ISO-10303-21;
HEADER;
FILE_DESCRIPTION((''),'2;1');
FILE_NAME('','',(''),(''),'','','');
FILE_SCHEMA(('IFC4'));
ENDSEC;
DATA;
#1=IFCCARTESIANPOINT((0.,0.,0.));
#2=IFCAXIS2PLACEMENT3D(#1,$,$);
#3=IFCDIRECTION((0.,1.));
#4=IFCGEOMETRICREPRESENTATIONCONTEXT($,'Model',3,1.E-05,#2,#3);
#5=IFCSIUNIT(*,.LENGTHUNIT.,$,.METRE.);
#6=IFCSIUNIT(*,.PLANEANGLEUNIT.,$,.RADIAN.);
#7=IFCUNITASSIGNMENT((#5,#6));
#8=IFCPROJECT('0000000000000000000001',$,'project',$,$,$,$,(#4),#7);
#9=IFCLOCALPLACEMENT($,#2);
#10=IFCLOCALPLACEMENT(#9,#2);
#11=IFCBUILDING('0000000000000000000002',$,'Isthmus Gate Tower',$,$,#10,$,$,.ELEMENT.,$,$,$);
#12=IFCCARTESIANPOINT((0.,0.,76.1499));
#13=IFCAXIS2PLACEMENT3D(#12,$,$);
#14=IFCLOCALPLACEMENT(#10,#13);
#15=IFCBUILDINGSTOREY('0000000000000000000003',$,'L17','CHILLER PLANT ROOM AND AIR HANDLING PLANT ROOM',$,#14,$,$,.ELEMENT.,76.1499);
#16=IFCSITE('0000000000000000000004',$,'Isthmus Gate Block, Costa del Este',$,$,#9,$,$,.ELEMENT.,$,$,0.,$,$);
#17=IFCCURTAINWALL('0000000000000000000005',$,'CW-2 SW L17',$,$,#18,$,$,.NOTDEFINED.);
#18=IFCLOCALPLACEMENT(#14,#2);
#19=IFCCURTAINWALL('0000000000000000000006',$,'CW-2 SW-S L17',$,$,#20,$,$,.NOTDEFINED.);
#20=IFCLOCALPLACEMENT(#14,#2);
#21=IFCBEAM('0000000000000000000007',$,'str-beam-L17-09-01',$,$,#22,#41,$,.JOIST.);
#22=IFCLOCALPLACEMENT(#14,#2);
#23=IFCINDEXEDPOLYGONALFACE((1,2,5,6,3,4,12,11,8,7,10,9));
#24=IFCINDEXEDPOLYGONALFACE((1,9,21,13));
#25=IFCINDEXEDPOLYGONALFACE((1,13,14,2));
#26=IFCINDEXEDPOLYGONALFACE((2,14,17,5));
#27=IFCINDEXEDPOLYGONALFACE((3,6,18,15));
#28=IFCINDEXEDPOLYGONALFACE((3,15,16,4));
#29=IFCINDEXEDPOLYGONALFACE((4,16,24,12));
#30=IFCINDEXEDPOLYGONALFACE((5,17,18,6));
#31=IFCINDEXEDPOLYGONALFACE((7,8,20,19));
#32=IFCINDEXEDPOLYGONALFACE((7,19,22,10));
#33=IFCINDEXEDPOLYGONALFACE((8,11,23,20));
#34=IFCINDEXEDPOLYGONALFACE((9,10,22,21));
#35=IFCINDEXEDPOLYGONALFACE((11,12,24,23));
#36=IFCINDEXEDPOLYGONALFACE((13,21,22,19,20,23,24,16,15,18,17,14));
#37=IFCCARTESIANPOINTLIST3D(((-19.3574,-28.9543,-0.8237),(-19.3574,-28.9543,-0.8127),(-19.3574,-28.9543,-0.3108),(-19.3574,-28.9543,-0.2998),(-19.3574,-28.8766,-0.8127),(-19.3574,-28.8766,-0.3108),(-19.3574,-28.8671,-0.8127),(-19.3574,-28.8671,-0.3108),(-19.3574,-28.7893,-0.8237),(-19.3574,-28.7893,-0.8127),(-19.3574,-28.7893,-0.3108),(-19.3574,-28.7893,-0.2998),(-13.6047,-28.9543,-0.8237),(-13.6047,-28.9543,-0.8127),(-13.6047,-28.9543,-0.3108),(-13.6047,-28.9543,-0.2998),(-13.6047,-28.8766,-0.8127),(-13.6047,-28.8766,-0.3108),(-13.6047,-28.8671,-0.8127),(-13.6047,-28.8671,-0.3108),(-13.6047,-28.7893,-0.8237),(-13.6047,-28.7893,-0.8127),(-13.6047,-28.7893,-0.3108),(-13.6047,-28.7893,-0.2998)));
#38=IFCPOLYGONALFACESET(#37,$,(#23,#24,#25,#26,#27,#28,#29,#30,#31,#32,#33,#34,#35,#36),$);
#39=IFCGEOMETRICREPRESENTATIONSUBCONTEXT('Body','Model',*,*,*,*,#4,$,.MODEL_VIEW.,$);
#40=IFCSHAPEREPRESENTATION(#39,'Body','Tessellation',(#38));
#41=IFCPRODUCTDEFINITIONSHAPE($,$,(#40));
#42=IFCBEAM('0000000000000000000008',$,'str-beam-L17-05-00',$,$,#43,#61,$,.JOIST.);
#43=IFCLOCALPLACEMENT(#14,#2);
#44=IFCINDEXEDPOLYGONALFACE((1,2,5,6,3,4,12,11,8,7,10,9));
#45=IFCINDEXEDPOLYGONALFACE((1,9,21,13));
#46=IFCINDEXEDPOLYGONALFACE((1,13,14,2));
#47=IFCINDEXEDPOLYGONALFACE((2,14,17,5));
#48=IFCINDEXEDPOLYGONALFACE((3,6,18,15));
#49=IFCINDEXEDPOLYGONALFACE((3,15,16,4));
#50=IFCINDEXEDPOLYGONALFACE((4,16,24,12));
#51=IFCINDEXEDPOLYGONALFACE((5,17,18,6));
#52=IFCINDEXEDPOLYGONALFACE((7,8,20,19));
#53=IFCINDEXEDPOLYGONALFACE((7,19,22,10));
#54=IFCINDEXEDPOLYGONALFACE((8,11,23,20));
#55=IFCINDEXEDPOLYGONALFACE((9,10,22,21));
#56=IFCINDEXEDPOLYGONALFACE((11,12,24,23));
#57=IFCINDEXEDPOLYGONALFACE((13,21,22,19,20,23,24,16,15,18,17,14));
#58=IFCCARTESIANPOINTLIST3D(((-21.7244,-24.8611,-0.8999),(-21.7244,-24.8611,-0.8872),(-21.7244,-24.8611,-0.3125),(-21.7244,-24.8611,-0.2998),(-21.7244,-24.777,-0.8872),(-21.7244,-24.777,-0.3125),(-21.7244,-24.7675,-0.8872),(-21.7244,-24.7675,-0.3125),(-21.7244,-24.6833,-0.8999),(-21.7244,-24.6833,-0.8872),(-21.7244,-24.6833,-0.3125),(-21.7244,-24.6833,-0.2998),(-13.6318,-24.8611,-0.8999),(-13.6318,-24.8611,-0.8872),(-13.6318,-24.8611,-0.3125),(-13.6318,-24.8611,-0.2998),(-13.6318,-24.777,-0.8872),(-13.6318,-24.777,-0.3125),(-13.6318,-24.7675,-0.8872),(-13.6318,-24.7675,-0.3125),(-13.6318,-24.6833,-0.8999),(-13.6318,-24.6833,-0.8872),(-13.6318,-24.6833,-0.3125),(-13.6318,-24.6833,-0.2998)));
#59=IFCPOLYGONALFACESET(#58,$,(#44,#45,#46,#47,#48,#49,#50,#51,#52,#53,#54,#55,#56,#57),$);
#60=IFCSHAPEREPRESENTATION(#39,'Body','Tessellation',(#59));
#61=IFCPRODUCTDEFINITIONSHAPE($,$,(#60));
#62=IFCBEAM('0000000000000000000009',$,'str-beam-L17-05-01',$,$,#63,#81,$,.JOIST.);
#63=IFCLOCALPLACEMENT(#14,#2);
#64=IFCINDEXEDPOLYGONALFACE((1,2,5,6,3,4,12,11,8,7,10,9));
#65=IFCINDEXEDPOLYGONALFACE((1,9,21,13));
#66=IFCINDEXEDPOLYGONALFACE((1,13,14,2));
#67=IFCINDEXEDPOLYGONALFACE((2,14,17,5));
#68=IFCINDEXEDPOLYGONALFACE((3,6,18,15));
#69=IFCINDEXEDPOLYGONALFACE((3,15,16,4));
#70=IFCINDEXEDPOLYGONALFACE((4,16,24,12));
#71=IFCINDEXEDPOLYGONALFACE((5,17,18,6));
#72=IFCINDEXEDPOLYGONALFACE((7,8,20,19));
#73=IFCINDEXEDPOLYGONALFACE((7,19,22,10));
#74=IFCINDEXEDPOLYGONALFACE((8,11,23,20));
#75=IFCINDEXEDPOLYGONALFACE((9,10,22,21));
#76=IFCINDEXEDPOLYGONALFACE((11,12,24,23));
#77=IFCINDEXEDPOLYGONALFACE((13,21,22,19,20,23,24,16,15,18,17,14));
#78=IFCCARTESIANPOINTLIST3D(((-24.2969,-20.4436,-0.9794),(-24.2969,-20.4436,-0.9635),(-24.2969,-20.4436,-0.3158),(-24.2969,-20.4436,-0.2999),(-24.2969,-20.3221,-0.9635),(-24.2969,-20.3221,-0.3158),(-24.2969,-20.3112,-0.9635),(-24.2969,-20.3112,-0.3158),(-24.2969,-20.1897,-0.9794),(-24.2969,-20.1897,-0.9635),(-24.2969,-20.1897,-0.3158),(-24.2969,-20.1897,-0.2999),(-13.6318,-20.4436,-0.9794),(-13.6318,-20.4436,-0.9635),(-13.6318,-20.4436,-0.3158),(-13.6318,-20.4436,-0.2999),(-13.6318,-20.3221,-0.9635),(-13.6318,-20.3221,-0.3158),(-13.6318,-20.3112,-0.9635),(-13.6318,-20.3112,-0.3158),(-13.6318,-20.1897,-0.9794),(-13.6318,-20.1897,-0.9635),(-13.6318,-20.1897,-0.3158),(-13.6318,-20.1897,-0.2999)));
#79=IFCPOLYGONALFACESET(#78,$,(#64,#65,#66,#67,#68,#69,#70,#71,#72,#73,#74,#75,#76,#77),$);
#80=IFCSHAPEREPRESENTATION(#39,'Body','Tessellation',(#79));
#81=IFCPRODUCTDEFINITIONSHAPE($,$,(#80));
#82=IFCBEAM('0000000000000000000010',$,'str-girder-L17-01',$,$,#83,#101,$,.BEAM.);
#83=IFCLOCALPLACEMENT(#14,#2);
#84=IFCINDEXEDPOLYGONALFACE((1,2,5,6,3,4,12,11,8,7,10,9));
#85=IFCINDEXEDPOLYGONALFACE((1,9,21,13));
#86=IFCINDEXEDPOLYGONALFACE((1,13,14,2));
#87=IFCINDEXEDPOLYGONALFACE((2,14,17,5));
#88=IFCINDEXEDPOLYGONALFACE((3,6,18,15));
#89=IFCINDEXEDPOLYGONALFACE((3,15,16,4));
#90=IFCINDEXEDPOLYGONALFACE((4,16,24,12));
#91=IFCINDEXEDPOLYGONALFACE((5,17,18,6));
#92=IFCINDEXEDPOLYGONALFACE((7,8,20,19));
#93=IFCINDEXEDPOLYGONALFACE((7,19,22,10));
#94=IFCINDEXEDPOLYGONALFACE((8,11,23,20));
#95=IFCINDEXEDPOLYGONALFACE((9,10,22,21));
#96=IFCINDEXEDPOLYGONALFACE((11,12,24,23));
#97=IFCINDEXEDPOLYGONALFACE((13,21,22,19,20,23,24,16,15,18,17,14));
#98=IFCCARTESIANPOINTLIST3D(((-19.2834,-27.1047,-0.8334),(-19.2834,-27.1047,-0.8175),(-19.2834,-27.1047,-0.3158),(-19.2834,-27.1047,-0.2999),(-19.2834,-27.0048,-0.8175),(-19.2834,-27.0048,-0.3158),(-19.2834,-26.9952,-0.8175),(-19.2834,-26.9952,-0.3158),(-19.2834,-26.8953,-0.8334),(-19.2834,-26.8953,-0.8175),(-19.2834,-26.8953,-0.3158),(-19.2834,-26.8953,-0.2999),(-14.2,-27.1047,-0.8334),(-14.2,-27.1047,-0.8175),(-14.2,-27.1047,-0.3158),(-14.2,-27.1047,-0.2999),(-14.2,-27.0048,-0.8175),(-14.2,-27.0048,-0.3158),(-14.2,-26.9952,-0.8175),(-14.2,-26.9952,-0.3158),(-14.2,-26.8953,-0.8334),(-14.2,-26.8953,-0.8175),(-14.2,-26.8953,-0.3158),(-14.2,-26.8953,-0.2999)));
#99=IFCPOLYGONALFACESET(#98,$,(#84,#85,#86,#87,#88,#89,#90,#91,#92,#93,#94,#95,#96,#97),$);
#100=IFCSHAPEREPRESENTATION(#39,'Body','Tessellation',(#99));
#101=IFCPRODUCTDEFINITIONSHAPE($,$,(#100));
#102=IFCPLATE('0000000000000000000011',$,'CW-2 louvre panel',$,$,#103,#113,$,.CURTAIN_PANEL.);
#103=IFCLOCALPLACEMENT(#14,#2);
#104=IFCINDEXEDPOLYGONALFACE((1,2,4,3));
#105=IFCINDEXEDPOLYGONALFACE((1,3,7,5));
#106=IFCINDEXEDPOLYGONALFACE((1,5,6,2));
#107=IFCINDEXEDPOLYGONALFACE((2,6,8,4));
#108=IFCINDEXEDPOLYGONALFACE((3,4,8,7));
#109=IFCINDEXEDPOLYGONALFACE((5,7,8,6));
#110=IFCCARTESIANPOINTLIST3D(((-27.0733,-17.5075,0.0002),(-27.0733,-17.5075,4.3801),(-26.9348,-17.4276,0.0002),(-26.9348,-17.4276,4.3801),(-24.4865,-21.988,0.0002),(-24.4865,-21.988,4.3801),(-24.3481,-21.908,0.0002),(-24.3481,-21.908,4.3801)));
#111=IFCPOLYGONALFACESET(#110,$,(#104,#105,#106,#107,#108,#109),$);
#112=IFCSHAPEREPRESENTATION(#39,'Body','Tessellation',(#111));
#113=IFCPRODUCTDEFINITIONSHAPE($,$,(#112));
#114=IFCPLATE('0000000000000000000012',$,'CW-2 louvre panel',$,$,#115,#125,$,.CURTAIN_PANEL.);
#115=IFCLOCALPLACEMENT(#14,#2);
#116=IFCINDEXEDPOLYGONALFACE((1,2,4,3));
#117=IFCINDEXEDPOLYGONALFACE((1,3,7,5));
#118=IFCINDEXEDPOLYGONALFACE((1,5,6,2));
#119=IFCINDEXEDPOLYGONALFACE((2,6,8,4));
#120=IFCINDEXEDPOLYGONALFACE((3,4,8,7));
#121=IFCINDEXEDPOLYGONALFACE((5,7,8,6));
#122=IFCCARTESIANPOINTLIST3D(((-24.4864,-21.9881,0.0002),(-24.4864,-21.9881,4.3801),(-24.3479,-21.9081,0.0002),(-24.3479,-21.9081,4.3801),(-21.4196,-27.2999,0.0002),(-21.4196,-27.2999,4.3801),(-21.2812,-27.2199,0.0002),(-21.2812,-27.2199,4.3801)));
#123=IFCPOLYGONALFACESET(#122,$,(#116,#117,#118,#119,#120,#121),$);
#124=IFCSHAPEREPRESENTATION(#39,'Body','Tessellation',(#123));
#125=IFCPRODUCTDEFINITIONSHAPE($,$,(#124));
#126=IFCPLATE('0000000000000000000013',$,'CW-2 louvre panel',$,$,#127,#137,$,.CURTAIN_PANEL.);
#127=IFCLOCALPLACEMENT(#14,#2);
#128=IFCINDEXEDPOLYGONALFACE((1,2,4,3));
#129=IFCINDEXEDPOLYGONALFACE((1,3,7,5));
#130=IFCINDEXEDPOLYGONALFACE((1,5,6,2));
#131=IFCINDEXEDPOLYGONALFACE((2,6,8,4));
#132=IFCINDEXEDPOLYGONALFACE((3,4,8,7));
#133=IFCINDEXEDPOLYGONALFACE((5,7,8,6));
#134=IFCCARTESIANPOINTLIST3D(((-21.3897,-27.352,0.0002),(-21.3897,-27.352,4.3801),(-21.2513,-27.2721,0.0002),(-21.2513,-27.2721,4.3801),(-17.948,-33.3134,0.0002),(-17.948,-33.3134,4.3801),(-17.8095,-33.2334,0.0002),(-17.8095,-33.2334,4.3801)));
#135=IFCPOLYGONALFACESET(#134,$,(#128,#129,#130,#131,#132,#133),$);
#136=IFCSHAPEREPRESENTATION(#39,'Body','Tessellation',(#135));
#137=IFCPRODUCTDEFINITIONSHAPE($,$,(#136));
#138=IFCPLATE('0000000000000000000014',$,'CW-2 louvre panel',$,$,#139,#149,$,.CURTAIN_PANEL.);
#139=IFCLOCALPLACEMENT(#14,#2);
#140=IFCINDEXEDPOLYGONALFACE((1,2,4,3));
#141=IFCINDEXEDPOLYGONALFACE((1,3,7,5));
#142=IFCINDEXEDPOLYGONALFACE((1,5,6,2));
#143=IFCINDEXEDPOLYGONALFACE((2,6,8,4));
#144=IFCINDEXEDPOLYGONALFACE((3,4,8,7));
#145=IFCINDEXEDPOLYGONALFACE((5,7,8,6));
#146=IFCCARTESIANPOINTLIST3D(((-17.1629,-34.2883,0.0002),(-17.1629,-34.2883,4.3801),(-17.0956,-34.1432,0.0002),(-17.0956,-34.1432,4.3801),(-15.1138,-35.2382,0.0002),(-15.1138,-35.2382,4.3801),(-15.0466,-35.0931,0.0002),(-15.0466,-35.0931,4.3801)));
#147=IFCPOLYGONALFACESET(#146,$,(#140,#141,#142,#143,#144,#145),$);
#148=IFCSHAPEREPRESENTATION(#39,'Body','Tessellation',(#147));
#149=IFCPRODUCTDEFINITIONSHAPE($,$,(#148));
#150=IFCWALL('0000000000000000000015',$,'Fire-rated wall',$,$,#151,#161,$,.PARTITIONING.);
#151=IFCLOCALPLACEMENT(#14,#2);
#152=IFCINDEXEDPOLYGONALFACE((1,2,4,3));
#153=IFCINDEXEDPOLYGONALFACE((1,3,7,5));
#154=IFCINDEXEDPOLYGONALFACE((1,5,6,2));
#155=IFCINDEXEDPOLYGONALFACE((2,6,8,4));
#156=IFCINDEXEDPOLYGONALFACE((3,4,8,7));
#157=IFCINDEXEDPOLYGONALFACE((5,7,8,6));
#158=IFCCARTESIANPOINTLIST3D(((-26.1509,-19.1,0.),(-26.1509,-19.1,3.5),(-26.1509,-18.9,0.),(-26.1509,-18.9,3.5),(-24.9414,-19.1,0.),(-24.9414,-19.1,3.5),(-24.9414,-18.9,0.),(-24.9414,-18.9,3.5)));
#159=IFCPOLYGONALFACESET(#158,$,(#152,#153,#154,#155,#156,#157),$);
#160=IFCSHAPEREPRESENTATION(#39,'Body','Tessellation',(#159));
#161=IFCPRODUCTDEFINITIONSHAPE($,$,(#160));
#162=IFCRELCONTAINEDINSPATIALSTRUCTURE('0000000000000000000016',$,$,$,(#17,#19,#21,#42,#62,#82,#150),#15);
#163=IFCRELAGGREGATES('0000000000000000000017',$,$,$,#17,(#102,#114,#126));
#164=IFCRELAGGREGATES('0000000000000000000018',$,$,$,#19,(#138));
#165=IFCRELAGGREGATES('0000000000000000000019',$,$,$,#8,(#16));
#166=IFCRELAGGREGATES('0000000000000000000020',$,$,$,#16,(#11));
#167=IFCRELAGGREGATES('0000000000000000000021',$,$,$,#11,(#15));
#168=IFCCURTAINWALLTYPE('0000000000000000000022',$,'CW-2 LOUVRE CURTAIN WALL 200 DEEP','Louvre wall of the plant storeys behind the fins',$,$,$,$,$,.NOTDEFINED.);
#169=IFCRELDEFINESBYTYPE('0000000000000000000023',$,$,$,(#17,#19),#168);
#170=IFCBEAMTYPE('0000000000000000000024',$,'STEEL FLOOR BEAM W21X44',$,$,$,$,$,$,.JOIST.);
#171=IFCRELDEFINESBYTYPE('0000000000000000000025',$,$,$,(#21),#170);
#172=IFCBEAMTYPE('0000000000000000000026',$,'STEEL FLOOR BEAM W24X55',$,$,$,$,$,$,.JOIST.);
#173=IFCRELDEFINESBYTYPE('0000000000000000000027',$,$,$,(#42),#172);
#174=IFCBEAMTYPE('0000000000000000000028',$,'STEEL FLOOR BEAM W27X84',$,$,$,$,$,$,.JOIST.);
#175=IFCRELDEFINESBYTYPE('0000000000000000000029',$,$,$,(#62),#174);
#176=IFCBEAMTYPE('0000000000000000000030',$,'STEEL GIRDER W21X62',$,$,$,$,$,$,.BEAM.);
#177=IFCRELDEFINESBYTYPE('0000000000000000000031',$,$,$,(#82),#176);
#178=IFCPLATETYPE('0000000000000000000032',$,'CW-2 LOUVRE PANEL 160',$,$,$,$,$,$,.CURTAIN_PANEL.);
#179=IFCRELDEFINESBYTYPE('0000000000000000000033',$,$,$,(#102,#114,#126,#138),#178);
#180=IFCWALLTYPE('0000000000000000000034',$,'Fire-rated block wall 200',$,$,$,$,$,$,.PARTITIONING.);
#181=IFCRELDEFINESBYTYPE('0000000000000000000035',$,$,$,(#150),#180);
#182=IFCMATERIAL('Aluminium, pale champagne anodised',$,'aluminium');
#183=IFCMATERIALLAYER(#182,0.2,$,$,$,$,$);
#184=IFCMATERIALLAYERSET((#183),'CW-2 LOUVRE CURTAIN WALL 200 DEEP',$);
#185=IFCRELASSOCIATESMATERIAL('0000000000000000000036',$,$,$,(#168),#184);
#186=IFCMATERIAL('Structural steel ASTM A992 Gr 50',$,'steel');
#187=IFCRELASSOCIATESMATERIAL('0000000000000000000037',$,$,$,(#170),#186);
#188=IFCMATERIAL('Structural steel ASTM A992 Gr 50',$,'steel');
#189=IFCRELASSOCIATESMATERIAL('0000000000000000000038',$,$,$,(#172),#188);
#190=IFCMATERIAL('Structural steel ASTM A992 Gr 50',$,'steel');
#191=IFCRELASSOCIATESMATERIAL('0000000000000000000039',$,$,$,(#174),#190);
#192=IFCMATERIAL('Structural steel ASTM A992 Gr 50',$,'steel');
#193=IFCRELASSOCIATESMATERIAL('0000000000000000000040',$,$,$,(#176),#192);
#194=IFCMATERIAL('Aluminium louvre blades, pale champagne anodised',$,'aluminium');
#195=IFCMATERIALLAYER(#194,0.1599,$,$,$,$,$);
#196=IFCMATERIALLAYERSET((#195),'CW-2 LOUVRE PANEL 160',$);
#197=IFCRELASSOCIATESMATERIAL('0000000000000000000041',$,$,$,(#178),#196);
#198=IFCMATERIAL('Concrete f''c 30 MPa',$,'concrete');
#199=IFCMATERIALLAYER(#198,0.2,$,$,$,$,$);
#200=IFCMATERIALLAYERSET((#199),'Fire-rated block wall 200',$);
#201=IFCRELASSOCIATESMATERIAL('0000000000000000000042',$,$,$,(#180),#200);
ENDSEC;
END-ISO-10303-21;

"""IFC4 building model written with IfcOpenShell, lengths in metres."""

from ifc_helpers import new_model, si_unit, direction, frame, frame_2d, origin, origin_2d, place, context, subcontext, project, spatial, rectangle, i_section, extrude, material, layer, layer_set, material_profile, profile_set, type_object, element, aggregate, save


model = new_model("IFC4")

# Units and contexts
model_context = context("Model", 3, precision=1e-05, world=origin(), true_north=direction((0.0, 1.0)))
body_context = subcontext(model_context, "Body", "Model", "MODEL_VIEW")
ifc_project = project(units=[si_unit("LENGTHUNIT", "METRE"), si_unit("PLANEANGLEUNIT", "RADIAN")], contexts=[model_context])

# Site, building, storey
site_placement = place(None, origin())
site = spatial("IfcSite", under=ifc_project, at=site_placement, Name="Isthmus Gate Block, Costa del Este", CompositionType="ELEMENT", RefElevation=0.0)
building_placement = place(site_placement, origin())
building = spatial("IfcBuilding", under=site, at=building_placement, Name="Isthmus Gate Tower", CompositionType="ELEMENT")
storey_placement = place(building_placement, frame((0.0, 0.0, 76.1499)))
storey = spatial("IfcBuildingStorey", under=building, at=storey_placement, Name="L17", Description="CHILLER PLANT ROOM AND AIR HANDLING PLANT ROOM", CompositionType="ELEMENT", Elevation=76.1499)

# Curtain walls
ifc_material_1 = material(Name="Aluminium, pale champagne anodised", Category="aluminium")
ifc_layer_1 = layer(ifc_material_1, 0.2)
ifc_layer_set_1 = layer_set([ifc_layer_1], Name="CW-2 LOUVRE CURTAIN WALL 200 DEEP")
curtain_wall_type = type_object("IfcCurtainWallType", Name="CW-2 LOUVRE CURTAIN WALL 200 DEEP", Description="Louvre wall of the plant storeys behind the fins", PredefinedType="NOTDEFINED", material=ifc_layer_set_1)
curtain_wall_1_placement = place(storey_placement, origin())
curtain_wall_1 = element("IfcCurtainWall", 1, at=curtain_wall_1_placement, inside=storey, type_object=curtain_wall_type, Name="CW-2 SW L17", PredefinedType="NOTDEFINED")
curtain_wall_2_placement = place(storey_placement, origin())
curtain_wall_2 = element("IfcCurtainWall", 2, at=curtain_wall_2_placement, inside=storey, type_object=curtain_wall_type, Name="CW-2 SW-S L17", PredefinedType="NOTDEFINED")

# Beams
ifc_material_2 = material(Name="Structural steel ASTM A992 Gr 50", Category="steel")
ifc_material_profile_1 = material_profile(ifc_material_2, i_section(OverallWidth=0.165, OverallDepth=0.5239, WebThickness=0.0095, FlangeThickness=0.011, at=origin_2d()), Name="W21X44")
ifc_profile_set_1 = profile_set([ifc_material_profile_1], Name="Structural steel ASTM A992 Gr 50")
beam_type_1 = type_object("IfcBeamType", Name="STEEL FLOOR BEAM W21X44", PredefinedType="JOIST", material=ifc_profile_set_1)
beam_1_placement = place(storey_placement, frame((-19.3574, -28.8718, -0.5618), z_axis=(1.0, 0.0, 0.0), x_axis=(0.0, 1.0, 0.0)))
element("IfcBeam", 3, at=beam_1_placement, inside=storey, type_object=beam_type_1, Name="str-beam-L17-09-01", PredefinedType="JOIST", context=body_context, shape_type="SweptSolid", body=[
    extrude(i_section(OverallWidth=0.165, OverallDepth=0.5239, WebThickness=0.0095, FlangeThickness=0.011, at=origin_2d()), origin(), (0.0, 0.0, 1.0), 5.7527),
])
ifc_material_3 = material(Name="Structural steel ASTM A992 Gr 50", Category="steel")
ifc_material_profile_2 = material_profile(ifc_material_3, i_section(OverallWidth=0.1777, OverallDepth=0.6001, WebThickness=0.0095, FlangeThickness=0.0127, at=origin_2d()), Name="W24X55")
ifc_profile_set_2 = profile_set([ifc_material_profile_2], Name="Structural steel ASTM A992 Gr 50")
beam_type_2 = type_object("IfcBeamType", Name="STEEL FLOOR BEAM W24X55", PredefinedType="JOIST", material=ifc_profile_set_2)
beam_2_placement = place(storey_placement, frame((-21.7244, -24.7722, -0.5999), z_axis=(1.0, 0.0, 0.0), x_axis=(0.0, 1.0, 0.0)))
element("IfcBeam", 4, at=beam_2_placement, inside=storey, type_object=beam_type_2, Name="str-beam-L17-05-00", PredefinedType="JOIST", context=body_context, shape_type="SweptSolid", body=[
    extrude(i_section(OverallWidth=0.1777, OverallDepth=0.6001, WebThickness=0.0095, FlangeThickness=0.0127, at=origin_2d()), origin(), (0.0, 0.0, 1.0), 8.0925),
])
ifc_material_4 = material(Name="Structural steel ASTM A992 Gr 50", Category="steel")
ifc_material_profile_3 = material_profile(ifc_material_4, i_section(OverallWidth=0.2539, OverallDepth=0.6794, WebThickness=0.011, FlangeThickness=0.0159, at=origin_2d()), Name="W27X84")
ifc_profile_set_3 = profile_set([ifc_material_profile_3], Name="Structural steel ASTM A992 Gr 50")
beam_type_3 = type_object("IfcBeamType", Name="STEEL FLOOR BEAM W27X84", PredefinedType="JOIST", material=ifc_profile_set_3)
beam_3_placement = place(storey_placement, frame((-24.2969, -20.3167, -0.6396), z_axis=(1.0, 0.0, 0.0), x_axis=(0.0, 1.0, 0.0)))
element("IfcBeam", 5, at=beam_3_placement, inside=storey, type_object=beam_type_3, Name="str-beam-L17-05-01", PredefinedType="JOIST", context=body_context, shape_type="SweptSolid", body=[
    extrude(i_section(OverallWidth=0.2539, OverallDepth=0.6794, WebThickness=0.011, FlangeThickness=0.0159, at=origin_2d()), origin(), (0.0, 0.0, 1.0), 10.665),
])
ifc_material_5 = material(Name="Structural steel ASTM A992 Gr 50", Category="steel")
ifc_material_profile_4 = material_profile(ifc_material_5, i_section(OverallWidth=0.2095, OverallDepth=0.5334, WebThickness=0.0095, FlangeThickness=0.0159, at=origin_2d()), Name="W21X62")
ifc_profile_set_4 = profile_set([ifc_material_profile_4], Name="Structural steel ASTM A992 Gr 50")
beam_type_4 = type_object("IfcBeamType", Name="STEEL GIRDER W21X62", PredefinedType="BEAM", material=ifc_profile_set_4)
beam_4_placement = place(storey_placement, frame((-19.2834, -27.0, -0.5667), z_axis=(1.0, 0.0, 0.0), x_axis=(0.0, 1.0, 0.0)))
element("IfcBeam", 6, at=beam_4_placement, inside=storey, type_object=beam_type_4, Name="str-girder-L17-01", PredefinedType="BEAM", context=body_context, shape_type="SweptSolid", body=[
    extrude(i_section(OverallWidth=0.2095, OverallDepth=0.5334, WebThickness=0.0095, FlangeThickness=0.0159, at=origin_2d()), origin(), (0.0, 0.0, 1.0), 5.0835),
])

# Plates
ifc_material_6 = material(Name="Aluminium louvre blades, pale champagne anodised", Category="aluminium")
ifc_layer_2 = layer(ifc_material_6, 0.1599)
ifc_layer_set_2 = layer_set([ifc_layer_2], Name="CW-2 LOUVRE PANEL 160")
plate_type = type_object("IfcPlateType", Name="CW-2 LOUVRE PANEL 160", PredefinedType="CURTAIN_PANEL", material=ifc_layer_set_2)
plate_1_placement = place(storey_placement, frame((-25.7107, -19.7078, 0.0002), z_axis=(0.0, 0.0, 1.0), x_axis=(0.5, -0.866025, 0.0)))
plate_1 = element("IfcPlate", 7, at=plate_1_placement, type_object=plate_type, Name="CW-2 louvre panel", PredefinedType="CURTAIN_PANEL", context=body_context, shape_type="SweptSolid", body=[
    extrude(rectangle(XDim=5.1736, YDim=0.1599, at=origin_2d()), origin(), (0.0, 0.0, 1.0), 4.3799),
])
plate_2_placement = place(storey_placement, frame((-22.8838, -24.604, 0.0002), z_axis=(0.0, 0.0, 1.0), x_axis=(0.5, -0.866025, 0.0)))
plate_2 = element("IfcPlate", 8, at=plate_2_placement, type_object=plate_type, Name="CW-2 louvre panel", PredefinedType="CURTAIN_PANEL", context=body_context, shape_type="SweptSolid", body=[
    extrude(rectangle(XDim=6.1335, YDim=0.1599, at=origin_2d()), origin(), (0.0, 0.0, 1.0), 4.3799),
])
plate_3_placement = place(storey_placement, frame((-19.5996, -30.2927, 0.0002), z_axis=(0.0, 0.0, 1.0), x_axis=(0.5, -0.866025, 0.0)))
plate_3 = element("IfcPlate", 9, at=plate_3_placement, type_object=plate_type, Name="CW-2 louvre panel", PredefinedType="CURTAIN_PANEL", context=body_context, shape_type="SweptSolid", body=[
    extrude(rectangle(XDim=6.8835, YDim=0.1599, at=origin_2d()), origin(), (0.0, 0.0, 1.0), 4.3799),
])
aggregate(curtain_wall_1, [plate_1, plate_2, plate_3])
plate_4_placement = place(storey_placement, frame((-16.1047, -34.6907, 0.0002), z_axis=(0.0, 0.0, 1.0), x_axis=(0.907256, -0.420578, 0.0)))
plate_4 = element("IfcPlate", 10, at=plate_4_placement, type_object=plate_type, Name="CW-2 louvre panel", PredefinedType="CURTAIN_PANEL", context=body_context, shape_type="SweptSolid", body=[
    extrude(rectangle(XDim=2.2585, YDim=0.1599, at=origin_2d()), origin(), (0.0, 0.0, 1.0), 4.3799),
])
aggregate(curtain_wall_2, [plate_4])

# Wall
ifc_material_7 = material(Name="Concrete f'c 30 MPa", Category="concrete")
ifc_layer_3 = layer(ifc_material_7, 0.2)
ifc_layer_set_3 = layer_set([ifc_layer_3], Name="Fire-rated block wall 200")
wall_type = type_object("IfcWallType", Name="Fire-rated block wall 200", PredefinedType="PARTITIONING", material=ifc_layer_set_3)
wall_1_placement = place(storey_placement, frame((-26.1509, -19.0, 0.0), z_axis=(0.0, 0.0, 1.0), x_axis=(1.0, 0.0, 0.0)))
element("IfcWall", 11, at=wall_1_placement, inside=storey, type_object=wall_type, Name="Fire-rated wall", PredefinedType="PARTITIONING", context=body_context, shape_type="SweptSolid", body=[
    extrude(rectangle(XDim=1.2095, YDim=0.2, at=frame_2d((0.6047, 0.0))), origin(), (0.0, 0.0, 1.0), 3.5),
])

save(model, "model.ifc")
